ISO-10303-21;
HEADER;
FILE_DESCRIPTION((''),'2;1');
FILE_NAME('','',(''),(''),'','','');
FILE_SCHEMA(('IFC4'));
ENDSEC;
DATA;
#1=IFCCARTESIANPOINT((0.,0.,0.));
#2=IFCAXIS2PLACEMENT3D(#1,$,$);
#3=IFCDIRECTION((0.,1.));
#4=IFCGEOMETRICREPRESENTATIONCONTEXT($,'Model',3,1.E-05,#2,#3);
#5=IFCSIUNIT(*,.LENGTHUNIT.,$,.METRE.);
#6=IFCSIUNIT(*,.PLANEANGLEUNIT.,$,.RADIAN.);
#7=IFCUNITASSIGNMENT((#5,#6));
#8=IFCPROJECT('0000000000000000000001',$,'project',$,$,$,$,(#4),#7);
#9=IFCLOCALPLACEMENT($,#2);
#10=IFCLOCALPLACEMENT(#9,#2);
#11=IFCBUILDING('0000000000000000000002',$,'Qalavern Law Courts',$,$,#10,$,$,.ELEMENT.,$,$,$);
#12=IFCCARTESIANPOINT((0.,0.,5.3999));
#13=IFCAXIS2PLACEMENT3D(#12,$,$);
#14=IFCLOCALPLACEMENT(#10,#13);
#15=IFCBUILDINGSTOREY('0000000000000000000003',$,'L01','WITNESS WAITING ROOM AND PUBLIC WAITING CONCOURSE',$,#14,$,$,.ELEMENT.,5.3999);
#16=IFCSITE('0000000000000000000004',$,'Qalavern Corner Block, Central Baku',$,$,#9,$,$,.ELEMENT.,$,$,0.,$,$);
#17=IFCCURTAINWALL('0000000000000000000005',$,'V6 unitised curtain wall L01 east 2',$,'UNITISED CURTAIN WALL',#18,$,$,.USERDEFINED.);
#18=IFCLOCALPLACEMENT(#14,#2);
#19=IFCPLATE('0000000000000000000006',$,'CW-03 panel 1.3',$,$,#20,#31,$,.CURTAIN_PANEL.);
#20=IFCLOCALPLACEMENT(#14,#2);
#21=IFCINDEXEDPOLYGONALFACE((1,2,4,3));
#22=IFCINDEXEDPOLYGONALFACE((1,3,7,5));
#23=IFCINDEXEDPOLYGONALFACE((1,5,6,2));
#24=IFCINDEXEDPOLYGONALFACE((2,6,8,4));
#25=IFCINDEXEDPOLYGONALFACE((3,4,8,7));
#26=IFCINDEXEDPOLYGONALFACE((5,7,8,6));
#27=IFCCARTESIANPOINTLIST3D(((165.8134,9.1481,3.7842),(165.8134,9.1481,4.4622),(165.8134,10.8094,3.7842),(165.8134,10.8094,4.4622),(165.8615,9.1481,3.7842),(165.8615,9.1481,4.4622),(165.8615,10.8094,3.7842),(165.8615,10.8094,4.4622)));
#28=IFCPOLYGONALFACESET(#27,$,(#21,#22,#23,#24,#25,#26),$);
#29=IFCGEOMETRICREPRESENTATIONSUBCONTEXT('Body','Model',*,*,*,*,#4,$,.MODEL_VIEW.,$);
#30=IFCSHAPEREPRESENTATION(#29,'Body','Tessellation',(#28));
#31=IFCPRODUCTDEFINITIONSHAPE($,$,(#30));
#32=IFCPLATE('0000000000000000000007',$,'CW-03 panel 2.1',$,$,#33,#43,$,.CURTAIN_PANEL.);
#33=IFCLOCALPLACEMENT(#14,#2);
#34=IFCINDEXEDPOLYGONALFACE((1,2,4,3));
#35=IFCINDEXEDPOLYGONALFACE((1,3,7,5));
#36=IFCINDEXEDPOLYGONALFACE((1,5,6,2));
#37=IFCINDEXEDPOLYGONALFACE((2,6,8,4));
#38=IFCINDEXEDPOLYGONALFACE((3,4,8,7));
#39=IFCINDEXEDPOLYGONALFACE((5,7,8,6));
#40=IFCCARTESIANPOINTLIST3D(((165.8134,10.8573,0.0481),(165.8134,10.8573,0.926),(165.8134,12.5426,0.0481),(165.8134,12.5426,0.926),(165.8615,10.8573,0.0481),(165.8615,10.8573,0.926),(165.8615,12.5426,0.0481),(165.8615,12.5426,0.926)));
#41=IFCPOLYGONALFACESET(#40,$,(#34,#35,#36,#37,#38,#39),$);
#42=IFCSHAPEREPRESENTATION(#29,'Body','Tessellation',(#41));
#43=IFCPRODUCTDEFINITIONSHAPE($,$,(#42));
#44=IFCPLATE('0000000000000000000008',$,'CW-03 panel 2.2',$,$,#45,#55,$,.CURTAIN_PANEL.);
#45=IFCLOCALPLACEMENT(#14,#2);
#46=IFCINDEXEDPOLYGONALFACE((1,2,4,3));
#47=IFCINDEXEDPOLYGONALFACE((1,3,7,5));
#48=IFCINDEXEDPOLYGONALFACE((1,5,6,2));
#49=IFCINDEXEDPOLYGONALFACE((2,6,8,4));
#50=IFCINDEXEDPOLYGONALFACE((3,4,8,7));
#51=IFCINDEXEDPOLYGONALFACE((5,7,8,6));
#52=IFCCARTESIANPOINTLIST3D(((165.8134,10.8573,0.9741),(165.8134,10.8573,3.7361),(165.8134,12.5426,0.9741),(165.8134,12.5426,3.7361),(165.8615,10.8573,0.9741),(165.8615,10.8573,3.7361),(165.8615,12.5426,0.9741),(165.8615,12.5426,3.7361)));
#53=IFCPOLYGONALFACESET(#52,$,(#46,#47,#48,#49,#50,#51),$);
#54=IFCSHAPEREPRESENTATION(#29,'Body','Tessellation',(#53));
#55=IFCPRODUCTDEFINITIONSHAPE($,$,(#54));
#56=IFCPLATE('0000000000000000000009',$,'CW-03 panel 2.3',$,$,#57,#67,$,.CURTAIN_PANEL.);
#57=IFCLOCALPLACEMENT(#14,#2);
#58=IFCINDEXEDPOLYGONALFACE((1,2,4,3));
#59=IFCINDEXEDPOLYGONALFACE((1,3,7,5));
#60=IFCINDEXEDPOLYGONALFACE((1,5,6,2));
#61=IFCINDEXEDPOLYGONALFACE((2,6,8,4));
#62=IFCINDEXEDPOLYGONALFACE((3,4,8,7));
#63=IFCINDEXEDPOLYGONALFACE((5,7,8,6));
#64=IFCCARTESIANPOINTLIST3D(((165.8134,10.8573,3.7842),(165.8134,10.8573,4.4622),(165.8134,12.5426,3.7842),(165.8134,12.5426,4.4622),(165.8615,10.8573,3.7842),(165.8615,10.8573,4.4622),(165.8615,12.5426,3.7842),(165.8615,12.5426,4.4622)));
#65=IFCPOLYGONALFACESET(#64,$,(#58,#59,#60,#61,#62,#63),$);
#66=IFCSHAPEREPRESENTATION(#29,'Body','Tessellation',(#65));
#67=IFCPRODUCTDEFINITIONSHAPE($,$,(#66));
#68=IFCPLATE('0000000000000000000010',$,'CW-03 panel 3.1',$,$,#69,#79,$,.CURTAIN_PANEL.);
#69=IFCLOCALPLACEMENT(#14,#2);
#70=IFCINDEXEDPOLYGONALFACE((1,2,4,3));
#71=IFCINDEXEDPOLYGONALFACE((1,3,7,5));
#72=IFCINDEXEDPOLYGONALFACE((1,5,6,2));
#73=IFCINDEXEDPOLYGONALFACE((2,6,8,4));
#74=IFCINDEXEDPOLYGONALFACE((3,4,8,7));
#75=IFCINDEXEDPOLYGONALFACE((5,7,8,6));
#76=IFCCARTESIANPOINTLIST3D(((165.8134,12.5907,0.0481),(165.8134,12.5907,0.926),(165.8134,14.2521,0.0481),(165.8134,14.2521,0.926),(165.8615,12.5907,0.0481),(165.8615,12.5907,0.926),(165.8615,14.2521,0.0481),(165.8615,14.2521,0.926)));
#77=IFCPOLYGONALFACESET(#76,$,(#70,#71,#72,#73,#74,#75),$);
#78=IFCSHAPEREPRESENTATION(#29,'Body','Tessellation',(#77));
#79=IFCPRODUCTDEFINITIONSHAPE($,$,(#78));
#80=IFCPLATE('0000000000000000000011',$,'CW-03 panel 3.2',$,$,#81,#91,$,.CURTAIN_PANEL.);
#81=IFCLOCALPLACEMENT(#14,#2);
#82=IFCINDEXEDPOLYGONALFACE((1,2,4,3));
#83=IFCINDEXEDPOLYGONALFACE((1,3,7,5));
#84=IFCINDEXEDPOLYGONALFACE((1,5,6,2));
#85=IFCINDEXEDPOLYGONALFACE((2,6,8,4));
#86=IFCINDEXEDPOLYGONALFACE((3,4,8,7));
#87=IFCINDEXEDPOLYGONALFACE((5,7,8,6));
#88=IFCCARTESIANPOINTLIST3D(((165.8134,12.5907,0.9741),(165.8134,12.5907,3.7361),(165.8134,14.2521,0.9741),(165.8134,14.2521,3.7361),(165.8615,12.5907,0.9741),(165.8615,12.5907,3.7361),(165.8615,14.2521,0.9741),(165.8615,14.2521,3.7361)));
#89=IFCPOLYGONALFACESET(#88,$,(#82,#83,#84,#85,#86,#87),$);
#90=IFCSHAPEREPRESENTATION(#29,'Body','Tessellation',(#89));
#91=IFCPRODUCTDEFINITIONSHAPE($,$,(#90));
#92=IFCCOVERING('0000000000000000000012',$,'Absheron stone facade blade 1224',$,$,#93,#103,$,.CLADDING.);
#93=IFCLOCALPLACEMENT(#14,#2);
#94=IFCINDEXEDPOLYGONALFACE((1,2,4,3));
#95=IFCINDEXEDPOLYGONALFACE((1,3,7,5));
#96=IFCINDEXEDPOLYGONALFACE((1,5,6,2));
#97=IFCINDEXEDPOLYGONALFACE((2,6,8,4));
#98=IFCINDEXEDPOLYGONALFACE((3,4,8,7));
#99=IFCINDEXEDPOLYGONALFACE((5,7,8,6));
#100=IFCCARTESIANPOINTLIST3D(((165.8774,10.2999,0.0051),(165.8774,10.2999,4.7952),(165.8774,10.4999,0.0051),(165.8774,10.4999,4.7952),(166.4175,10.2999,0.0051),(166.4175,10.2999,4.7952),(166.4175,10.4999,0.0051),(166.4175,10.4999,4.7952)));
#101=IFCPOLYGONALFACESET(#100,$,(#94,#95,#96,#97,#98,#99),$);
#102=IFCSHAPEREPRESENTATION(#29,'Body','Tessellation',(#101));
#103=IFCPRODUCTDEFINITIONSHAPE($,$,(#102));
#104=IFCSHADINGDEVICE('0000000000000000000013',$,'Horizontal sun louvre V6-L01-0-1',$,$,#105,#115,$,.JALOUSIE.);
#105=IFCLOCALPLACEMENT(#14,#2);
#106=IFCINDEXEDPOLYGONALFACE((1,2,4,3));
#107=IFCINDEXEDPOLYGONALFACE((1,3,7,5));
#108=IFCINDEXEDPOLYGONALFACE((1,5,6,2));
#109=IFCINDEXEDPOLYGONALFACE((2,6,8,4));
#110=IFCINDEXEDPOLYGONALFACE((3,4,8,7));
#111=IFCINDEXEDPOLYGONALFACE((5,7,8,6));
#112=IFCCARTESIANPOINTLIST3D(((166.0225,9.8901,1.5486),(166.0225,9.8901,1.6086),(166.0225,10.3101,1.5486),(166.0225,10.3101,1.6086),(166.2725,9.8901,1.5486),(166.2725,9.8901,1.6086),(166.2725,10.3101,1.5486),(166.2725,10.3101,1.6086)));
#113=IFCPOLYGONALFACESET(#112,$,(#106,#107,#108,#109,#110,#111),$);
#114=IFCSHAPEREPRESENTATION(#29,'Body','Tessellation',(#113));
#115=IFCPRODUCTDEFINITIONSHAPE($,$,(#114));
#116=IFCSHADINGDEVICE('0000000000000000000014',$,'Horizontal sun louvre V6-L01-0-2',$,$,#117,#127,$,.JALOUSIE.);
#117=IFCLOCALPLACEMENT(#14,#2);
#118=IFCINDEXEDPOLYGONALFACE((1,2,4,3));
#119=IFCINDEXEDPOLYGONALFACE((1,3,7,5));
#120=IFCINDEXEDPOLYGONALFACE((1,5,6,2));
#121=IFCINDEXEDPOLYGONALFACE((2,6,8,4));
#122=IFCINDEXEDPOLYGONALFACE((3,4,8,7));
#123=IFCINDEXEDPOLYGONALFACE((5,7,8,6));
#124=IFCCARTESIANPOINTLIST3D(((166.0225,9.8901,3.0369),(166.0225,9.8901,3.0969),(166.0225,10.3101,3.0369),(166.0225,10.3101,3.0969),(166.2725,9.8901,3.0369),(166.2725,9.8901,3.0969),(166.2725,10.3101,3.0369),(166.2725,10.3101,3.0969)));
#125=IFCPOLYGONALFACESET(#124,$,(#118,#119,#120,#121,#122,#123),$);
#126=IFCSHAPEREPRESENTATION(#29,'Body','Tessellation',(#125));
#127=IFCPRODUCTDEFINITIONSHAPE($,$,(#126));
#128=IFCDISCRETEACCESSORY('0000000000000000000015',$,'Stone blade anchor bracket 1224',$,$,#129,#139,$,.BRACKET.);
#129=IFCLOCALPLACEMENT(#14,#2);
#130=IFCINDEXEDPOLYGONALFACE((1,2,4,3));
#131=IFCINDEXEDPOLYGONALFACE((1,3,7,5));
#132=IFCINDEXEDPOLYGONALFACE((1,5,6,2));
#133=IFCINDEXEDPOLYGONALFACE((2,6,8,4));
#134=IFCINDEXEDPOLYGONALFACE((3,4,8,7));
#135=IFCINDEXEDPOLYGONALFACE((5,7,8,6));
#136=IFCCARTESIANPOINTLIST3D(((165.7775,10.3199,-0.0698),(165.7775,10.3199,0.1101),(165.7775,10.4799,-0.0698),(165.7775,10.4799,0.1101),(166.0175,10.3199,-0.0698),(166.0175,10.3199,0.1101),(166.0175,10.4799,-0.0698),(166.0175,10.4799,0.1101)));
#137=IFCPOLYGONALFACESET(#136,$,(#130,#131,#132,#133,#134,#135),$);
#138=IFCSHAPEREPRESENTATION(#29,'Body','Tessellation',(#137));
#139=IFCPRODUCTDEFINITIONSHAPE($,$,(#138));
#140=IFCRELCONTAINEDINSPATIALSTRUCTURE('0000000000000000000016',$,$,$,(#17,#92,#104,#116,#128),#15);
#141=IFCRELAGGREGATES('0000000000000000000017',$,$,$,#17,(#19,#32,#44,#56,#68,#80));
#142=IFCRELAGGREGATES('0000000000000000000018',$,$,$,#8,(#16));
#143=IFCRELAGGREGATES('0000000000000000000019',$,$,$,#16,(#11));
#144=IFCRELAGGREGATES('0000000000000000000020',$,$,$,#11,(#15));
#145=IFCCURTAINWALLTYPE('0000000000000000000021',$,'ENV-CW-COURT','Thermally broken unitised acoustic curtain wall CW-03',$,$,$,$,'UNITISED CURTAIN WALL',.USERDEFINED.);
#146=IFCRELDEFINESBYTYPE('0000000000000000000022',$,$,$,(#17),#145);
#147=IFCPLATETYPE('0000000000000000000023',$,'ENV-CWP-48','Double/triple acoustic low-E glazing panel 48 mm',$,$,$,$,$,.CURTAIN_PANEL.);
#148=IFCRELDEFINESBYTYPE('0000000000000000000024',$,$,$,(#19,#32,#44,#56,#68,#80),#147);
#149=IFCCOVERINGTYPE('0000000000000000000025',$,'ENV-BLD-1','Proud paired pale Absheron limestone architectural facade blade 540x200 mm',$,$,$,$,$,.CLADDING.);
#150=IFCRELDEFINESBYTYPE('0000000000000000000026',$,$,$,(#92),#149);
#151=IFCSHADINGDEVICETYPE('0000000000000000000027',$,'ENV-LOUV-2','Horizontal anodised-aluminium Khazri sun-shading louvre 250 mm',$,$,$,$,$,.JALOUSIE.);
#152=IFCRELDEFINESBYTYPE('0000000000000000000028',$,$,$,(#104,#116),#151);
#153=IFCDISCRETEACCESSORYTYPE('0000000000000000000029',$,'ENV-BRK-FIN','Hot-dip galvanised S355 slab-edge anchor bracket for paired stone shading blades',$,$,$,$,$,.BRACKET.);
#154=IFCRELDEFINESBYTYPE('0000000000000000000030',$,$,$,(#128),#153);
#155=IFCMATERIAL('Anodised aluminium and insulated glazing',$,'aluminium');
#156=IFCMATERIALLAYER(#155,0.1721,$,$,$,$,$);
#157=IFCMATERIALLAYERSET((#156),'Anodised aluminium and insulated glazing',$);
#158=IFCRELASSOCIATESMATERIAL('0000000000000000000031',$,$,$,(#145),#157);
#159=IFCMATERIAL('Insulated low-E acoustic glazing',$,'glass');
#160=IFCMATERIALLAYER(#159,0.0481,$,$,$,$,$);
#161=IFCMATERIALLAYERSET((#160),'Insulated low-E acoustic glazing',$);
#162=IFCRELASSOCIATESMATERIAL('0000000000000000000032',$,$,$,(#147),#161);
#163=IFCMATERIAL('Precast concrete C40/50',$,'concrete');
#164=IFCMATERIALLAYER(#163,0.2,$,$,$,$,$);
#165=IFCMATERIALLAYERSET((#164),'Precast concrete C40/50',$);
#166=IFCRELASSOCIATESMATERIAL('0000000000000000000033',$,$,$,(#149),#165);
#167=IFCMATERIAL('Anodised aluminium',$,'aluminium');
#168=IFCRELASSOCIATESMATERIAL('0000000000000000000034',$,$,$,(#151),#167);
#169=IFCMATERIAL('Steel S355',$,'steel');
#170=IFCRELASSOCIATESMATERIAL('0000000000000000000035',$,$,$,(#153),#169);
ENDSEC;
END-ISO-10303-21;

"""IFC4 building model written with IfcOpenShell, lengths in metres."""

from ifc_helpers import new_model, si_unit, direction, frame, origin, origin_2d, place, context, subcontext, project, spatial, rectangle, extrude, material, layer, layer_set, type_object, element, aggregate, save


model = new_model("IFC4")

# Units and contexts
model_context = context("Model", 3, precision=1e-05, world=origin(), true_north=direction((0.0, 1.0)))
body_context = subcontext(model_context, "Body", "Model", "MODEL_VIEW")
ifc_project = project(units=[si_unit("LENGTHUNIT", "METRE"), si_unit("PLANEANGLEUNIT", "RADIAN")], contexts=[model_context])

# Site, building, storey
site_placement = place(None, origin())
site = spatial("IfcSite", under=ifc_project, at=site_placement, Name="Qalavern Corner Block, Central Baku", CompositionType="ELEMENT", RefElevation=0.0)
building_placement = place(site_placement, origin())
building = spatial("IfcBuilding", under=site, at=building_placement, Name="Qalavern Law Courts", CompositionType="ELEMENT")
storey_placement = place(building_placement, frame((0.0, 0.0, 5.3999)))
storey = spatial("IfcBuildingStorey", under=building, at=storey_placement, Name="L01", Description="WITNESS WAITING ROOM AND PUBLIC WAITING CONCOURSE", CompositionType="ELEMENT", Elevation=5.3999)

# Curtain wall, plates
ifc_material_1 = material(Name="Anodised aluminium and insulated glazing", Category="aluminium")
ifc_layer_1 = layer(ifc_material_1, 0.1721)
ifc_layer_set_1 = layer_set([ifc_layer_1], Name="Anodised aluminium and insulated glazing")
curtain_wall_type = type_object("IfcCurtainWallType", Name="ENV-CW-COURT", Description="Thermally broken unitised acoustic curtain wall CW-03", ElementType="UNITISED CURTAIN WALL", PredefinedType="USERDEFINED", material=ifc_layer_set_1)
curtain_wall_placement = place(storey_placement, origin())
curtain_wall = element("IfcCurtainWall", 1, at=curtain_wall_placement, inside=storey, type_object=curtain_wall_type, Name="V6 unitised curtain wall L01 east 2", ObjectType="UNITISED CURTAIN WALL", PredefinedType="USERDEFINED")
ifc_material_2 = material(Name="Anodised aluminium", Category="aluminium")
ifc_material_3 = material(Name="Insulated low-E acoustic glazing", Category="glass")
ifc_layer_2 = layer(ifc_material_3, 0.0481)
ifc_layer_set_2 = layer_set([ifc_layer_2], Name="Insulated low-E acoustic glazing")
plate_type = type_object("IfcPlateType", Name="ENV-CWP-48", Description="Double/triple acoustic low-E glazing panel 48 mm", PredefinedType="CURTAIN_PANEL", material=ifc_layer_set_2)
plate_1_placement = place(storey_placement, frame((165.8374, 9.9788, 3.7842), z_axis=(0.0, 0.0, 1.0), x_axis=(0.0, 1.0, 0.0)))
plate_1 = element("IfcPlate", 2, at=plate_1_placement, type_object=plate_type, Name="CW-03 panel 1.3", PredefinedType="CURTAIN_PANEL", context=body_context, shape_type="SweptSolid", body=[
    extrude(rectangle(XDim=1.6614, YDim=0.0481, at=origin_2d()), origin(), (0.0, 0.0, 1.0), 0.678),
])
plate_2_placement = place(storey_placement, frame((165.8374, 11.7, 0.0481), z_axis=(0.0, 0.0, 1.0), x_axis=(0.0, 1.0, 0.0)))
plate_2 = element("IfcPlate", 3, at=plate_2_placement, type_object=plate_type, Name="CW-03 panel 2.1", PredefinedType="CURTAIN_PANEL", context=body_context, shape_type="SweptSolid", body=[
    extrude(rectangle(XDim=1.6853, YDim=0.0481, at=origin_2d()), origin(), (0.0, 0.0, 1.0), 0.8779),
])
plate_3_placement = place(storey_placement, frame((165.8374, 11.7, 0.9741), z_axis=(0.0, 0.0, 1.0), x_axis=(0.0, 1.0, 0.0)))
plate_3 = element("IfcPlate", 4, at=plate_3_placement, type_object=plate_type, Name="CW-03 panel 2.2", PredefinedType="CURTAIN_PANEL", context=body_context, shape_type="SweptSolid", body=[
    extrude(rectangle(XDim=1.6853, YDim=0.0481, at=origin_2d()), origin(), (0.0, 0.0, 1.0), 2.762),
])
plate_4_placement = place(storey_placement, frame((165.8374, 11.7, 3.7842), z_axis=(0.0, 0.0, 1.0), x_axis=(0.0, 1.0, 0.0)))
plate_4 = element("IfcPlate", 5, at=plate_4_placement, type_object=plate_type, Name="CW-03 panel 2.3", PredefinedType="CURTAIN_PANEL", context=body_context, shape_type="SweptSolid", body=[
    extrude(rectangle(XDim=1.6853, YDim=0.0481, at=origin_2d()), origin(), (0.0, 0.0, 1.0), 0.678),
])
plate_5_placement = place(storey_placement, frame((165.8374, 13.4214, 0.0481), z_axis=(0.0, 0.0, 1.0), x_axis=(0.0, 1.0, 0.0)))
plate_5 = element("IfcPlate", 6, at=plate_5_placement, type_object=plate_type, Name="CW-03 panel 3.1", PredefinedType="CURTAIN_PANEL", context=body_context, shape_type="SweptSolid", body=[
    extrude(rectangle(XDim=1.6614, YDim=0.0481, at=origin_2d()), origin(), (0.0, 0.0, 1.0), 0.8779),
])
plate_6_placement = place(storey_placement, frame((165.8374, 13.4214, 0.9741), z_axis=(0.0, 0.0, 1.0), x_axis=(0.0, 1.0, 0.0)))
plate_6 = element("IfcPlate", 7, at=plate_6_placement, type_object=plate_type, Name="CW-03 panel 3.2", PredefinedType="CURTAIN_PANEL", context=body_context, shape_type="SweptSolid", body=[
    extrude(rectangle(XDim=1.6614, YDim=0.0481, at=origin_2d()), origin(), (0.0, 0.0, 1.0), 2.762),
])
aggregate(curtain_wall, [plate_1, plate_2, plate_3, plate_4, plate_5, plate_6])

# Covering
ifc_material_4 = material(Name="Precast concrete C40/50", Category="concrete")
ifc_layer_3 = layer(ifc_material_4, 0.2)
ifc_layer_set_3 = layer_set([ifc_layer_3], Name="Precast concrete C40/50")
covering_type = type_object("IfcCoveringType", Name="ENV-BLD-1", Description="Proud paired pale Absheron limestone architectural facade blade 540x200 mm", PredefinedType="CLADDING", material=ifc_layer_set_3)
covering_placement = place(storey_placement, frame((166.1475, 10.3999, 0.0051), z_axis=(0.0, 0.0, 1.0), x_axis=(1.0, 0.0, 0.0)))
element("IfcCovering", 8, at=covering_placement, inside=storey, type_object=covering_type, Name="Absheron stone facade blade 1224", PredefinedType="CLADDING", context=body_context, shape_type="SweptSolid", body=[
    extrude(rectangle(XDim=0.54, YDim=0.2, at=origin_2d()), origin(), (0.0, 0.0, 1.0), 4.79),
])

# Shading devices
shading_device_type = type_object("IfcShadingDeviceType", Name="ENV-LOUV-2", Description="Horizontal anodised-aluminium Khazri sun-shading louvre 250 mm", PredefinedType="JALOUSIE", material=ifc_material_2)
for number, where, z_axis, x_axis, name in (
    (9, (166.1475, 10.1001, 1.5486), (0.0, 0.0, 1.0), (0.0, 1.0, 0.0), "Horizontal sun louvre V6-L01-0-1"),
    (10, (166.1475, 10.1001, 3.0369), (0.0, 0.0, 1.0), (0.0, 1.0, 0.0), "Horizontal sun louvre V6-L01-0-2"),
):
    element("IfcShadingDevice", number, at=place(storey_placement, frame(where, z_axis=z_axis, x_axis=x_axis)), inside=storey, type_object=shading_device_type, Name=name, PredefinedType="JALOUSIE", context=body_context, shape_type="SweptSolid", body=[
        extrude(rectangle(XDim=0.4199, YDim=0.25, at=origin_2d()), origin(), (0.0, 0.0, 1.0), 0.0601),
    ])

# Discrete accessory
ifc_material_5 = material(Name="Steel S355", Category="steel")
discrete_accessory_type = type_object("IfcDiscreteAccessoryType", Name="ENV-BRK-FIN", Description="Hot-dip galvanised S355 slab-edge anchor bracket for paired stone shading blades", PredefinedType="BRACKET", material=ifc_material_5)
discrete_accessory_placement = place(storey_placement, frame((165.8975, 10.3999, -0.0698), z_axis=(0.0, 0.0, 1.0), x_axis=(1.0, 0.0, 0.0)))
element("IfcDiscreteAccessory", 11, at=discrete_accessory_placement, inside=storey, type_object=discrete_accessory_type, Name="Stone blade anchor bracket 1224", PredefinedType="BRACKET", context=body_context, shape_type="SweptSolid", body=[
    extrude(rectangle(XDim=0.24, YDim=0.1599, at=origin_2d()), origin(), (0.0, 0.0, 1.0), 0.1799),
])

save(model, "model.ifc")
